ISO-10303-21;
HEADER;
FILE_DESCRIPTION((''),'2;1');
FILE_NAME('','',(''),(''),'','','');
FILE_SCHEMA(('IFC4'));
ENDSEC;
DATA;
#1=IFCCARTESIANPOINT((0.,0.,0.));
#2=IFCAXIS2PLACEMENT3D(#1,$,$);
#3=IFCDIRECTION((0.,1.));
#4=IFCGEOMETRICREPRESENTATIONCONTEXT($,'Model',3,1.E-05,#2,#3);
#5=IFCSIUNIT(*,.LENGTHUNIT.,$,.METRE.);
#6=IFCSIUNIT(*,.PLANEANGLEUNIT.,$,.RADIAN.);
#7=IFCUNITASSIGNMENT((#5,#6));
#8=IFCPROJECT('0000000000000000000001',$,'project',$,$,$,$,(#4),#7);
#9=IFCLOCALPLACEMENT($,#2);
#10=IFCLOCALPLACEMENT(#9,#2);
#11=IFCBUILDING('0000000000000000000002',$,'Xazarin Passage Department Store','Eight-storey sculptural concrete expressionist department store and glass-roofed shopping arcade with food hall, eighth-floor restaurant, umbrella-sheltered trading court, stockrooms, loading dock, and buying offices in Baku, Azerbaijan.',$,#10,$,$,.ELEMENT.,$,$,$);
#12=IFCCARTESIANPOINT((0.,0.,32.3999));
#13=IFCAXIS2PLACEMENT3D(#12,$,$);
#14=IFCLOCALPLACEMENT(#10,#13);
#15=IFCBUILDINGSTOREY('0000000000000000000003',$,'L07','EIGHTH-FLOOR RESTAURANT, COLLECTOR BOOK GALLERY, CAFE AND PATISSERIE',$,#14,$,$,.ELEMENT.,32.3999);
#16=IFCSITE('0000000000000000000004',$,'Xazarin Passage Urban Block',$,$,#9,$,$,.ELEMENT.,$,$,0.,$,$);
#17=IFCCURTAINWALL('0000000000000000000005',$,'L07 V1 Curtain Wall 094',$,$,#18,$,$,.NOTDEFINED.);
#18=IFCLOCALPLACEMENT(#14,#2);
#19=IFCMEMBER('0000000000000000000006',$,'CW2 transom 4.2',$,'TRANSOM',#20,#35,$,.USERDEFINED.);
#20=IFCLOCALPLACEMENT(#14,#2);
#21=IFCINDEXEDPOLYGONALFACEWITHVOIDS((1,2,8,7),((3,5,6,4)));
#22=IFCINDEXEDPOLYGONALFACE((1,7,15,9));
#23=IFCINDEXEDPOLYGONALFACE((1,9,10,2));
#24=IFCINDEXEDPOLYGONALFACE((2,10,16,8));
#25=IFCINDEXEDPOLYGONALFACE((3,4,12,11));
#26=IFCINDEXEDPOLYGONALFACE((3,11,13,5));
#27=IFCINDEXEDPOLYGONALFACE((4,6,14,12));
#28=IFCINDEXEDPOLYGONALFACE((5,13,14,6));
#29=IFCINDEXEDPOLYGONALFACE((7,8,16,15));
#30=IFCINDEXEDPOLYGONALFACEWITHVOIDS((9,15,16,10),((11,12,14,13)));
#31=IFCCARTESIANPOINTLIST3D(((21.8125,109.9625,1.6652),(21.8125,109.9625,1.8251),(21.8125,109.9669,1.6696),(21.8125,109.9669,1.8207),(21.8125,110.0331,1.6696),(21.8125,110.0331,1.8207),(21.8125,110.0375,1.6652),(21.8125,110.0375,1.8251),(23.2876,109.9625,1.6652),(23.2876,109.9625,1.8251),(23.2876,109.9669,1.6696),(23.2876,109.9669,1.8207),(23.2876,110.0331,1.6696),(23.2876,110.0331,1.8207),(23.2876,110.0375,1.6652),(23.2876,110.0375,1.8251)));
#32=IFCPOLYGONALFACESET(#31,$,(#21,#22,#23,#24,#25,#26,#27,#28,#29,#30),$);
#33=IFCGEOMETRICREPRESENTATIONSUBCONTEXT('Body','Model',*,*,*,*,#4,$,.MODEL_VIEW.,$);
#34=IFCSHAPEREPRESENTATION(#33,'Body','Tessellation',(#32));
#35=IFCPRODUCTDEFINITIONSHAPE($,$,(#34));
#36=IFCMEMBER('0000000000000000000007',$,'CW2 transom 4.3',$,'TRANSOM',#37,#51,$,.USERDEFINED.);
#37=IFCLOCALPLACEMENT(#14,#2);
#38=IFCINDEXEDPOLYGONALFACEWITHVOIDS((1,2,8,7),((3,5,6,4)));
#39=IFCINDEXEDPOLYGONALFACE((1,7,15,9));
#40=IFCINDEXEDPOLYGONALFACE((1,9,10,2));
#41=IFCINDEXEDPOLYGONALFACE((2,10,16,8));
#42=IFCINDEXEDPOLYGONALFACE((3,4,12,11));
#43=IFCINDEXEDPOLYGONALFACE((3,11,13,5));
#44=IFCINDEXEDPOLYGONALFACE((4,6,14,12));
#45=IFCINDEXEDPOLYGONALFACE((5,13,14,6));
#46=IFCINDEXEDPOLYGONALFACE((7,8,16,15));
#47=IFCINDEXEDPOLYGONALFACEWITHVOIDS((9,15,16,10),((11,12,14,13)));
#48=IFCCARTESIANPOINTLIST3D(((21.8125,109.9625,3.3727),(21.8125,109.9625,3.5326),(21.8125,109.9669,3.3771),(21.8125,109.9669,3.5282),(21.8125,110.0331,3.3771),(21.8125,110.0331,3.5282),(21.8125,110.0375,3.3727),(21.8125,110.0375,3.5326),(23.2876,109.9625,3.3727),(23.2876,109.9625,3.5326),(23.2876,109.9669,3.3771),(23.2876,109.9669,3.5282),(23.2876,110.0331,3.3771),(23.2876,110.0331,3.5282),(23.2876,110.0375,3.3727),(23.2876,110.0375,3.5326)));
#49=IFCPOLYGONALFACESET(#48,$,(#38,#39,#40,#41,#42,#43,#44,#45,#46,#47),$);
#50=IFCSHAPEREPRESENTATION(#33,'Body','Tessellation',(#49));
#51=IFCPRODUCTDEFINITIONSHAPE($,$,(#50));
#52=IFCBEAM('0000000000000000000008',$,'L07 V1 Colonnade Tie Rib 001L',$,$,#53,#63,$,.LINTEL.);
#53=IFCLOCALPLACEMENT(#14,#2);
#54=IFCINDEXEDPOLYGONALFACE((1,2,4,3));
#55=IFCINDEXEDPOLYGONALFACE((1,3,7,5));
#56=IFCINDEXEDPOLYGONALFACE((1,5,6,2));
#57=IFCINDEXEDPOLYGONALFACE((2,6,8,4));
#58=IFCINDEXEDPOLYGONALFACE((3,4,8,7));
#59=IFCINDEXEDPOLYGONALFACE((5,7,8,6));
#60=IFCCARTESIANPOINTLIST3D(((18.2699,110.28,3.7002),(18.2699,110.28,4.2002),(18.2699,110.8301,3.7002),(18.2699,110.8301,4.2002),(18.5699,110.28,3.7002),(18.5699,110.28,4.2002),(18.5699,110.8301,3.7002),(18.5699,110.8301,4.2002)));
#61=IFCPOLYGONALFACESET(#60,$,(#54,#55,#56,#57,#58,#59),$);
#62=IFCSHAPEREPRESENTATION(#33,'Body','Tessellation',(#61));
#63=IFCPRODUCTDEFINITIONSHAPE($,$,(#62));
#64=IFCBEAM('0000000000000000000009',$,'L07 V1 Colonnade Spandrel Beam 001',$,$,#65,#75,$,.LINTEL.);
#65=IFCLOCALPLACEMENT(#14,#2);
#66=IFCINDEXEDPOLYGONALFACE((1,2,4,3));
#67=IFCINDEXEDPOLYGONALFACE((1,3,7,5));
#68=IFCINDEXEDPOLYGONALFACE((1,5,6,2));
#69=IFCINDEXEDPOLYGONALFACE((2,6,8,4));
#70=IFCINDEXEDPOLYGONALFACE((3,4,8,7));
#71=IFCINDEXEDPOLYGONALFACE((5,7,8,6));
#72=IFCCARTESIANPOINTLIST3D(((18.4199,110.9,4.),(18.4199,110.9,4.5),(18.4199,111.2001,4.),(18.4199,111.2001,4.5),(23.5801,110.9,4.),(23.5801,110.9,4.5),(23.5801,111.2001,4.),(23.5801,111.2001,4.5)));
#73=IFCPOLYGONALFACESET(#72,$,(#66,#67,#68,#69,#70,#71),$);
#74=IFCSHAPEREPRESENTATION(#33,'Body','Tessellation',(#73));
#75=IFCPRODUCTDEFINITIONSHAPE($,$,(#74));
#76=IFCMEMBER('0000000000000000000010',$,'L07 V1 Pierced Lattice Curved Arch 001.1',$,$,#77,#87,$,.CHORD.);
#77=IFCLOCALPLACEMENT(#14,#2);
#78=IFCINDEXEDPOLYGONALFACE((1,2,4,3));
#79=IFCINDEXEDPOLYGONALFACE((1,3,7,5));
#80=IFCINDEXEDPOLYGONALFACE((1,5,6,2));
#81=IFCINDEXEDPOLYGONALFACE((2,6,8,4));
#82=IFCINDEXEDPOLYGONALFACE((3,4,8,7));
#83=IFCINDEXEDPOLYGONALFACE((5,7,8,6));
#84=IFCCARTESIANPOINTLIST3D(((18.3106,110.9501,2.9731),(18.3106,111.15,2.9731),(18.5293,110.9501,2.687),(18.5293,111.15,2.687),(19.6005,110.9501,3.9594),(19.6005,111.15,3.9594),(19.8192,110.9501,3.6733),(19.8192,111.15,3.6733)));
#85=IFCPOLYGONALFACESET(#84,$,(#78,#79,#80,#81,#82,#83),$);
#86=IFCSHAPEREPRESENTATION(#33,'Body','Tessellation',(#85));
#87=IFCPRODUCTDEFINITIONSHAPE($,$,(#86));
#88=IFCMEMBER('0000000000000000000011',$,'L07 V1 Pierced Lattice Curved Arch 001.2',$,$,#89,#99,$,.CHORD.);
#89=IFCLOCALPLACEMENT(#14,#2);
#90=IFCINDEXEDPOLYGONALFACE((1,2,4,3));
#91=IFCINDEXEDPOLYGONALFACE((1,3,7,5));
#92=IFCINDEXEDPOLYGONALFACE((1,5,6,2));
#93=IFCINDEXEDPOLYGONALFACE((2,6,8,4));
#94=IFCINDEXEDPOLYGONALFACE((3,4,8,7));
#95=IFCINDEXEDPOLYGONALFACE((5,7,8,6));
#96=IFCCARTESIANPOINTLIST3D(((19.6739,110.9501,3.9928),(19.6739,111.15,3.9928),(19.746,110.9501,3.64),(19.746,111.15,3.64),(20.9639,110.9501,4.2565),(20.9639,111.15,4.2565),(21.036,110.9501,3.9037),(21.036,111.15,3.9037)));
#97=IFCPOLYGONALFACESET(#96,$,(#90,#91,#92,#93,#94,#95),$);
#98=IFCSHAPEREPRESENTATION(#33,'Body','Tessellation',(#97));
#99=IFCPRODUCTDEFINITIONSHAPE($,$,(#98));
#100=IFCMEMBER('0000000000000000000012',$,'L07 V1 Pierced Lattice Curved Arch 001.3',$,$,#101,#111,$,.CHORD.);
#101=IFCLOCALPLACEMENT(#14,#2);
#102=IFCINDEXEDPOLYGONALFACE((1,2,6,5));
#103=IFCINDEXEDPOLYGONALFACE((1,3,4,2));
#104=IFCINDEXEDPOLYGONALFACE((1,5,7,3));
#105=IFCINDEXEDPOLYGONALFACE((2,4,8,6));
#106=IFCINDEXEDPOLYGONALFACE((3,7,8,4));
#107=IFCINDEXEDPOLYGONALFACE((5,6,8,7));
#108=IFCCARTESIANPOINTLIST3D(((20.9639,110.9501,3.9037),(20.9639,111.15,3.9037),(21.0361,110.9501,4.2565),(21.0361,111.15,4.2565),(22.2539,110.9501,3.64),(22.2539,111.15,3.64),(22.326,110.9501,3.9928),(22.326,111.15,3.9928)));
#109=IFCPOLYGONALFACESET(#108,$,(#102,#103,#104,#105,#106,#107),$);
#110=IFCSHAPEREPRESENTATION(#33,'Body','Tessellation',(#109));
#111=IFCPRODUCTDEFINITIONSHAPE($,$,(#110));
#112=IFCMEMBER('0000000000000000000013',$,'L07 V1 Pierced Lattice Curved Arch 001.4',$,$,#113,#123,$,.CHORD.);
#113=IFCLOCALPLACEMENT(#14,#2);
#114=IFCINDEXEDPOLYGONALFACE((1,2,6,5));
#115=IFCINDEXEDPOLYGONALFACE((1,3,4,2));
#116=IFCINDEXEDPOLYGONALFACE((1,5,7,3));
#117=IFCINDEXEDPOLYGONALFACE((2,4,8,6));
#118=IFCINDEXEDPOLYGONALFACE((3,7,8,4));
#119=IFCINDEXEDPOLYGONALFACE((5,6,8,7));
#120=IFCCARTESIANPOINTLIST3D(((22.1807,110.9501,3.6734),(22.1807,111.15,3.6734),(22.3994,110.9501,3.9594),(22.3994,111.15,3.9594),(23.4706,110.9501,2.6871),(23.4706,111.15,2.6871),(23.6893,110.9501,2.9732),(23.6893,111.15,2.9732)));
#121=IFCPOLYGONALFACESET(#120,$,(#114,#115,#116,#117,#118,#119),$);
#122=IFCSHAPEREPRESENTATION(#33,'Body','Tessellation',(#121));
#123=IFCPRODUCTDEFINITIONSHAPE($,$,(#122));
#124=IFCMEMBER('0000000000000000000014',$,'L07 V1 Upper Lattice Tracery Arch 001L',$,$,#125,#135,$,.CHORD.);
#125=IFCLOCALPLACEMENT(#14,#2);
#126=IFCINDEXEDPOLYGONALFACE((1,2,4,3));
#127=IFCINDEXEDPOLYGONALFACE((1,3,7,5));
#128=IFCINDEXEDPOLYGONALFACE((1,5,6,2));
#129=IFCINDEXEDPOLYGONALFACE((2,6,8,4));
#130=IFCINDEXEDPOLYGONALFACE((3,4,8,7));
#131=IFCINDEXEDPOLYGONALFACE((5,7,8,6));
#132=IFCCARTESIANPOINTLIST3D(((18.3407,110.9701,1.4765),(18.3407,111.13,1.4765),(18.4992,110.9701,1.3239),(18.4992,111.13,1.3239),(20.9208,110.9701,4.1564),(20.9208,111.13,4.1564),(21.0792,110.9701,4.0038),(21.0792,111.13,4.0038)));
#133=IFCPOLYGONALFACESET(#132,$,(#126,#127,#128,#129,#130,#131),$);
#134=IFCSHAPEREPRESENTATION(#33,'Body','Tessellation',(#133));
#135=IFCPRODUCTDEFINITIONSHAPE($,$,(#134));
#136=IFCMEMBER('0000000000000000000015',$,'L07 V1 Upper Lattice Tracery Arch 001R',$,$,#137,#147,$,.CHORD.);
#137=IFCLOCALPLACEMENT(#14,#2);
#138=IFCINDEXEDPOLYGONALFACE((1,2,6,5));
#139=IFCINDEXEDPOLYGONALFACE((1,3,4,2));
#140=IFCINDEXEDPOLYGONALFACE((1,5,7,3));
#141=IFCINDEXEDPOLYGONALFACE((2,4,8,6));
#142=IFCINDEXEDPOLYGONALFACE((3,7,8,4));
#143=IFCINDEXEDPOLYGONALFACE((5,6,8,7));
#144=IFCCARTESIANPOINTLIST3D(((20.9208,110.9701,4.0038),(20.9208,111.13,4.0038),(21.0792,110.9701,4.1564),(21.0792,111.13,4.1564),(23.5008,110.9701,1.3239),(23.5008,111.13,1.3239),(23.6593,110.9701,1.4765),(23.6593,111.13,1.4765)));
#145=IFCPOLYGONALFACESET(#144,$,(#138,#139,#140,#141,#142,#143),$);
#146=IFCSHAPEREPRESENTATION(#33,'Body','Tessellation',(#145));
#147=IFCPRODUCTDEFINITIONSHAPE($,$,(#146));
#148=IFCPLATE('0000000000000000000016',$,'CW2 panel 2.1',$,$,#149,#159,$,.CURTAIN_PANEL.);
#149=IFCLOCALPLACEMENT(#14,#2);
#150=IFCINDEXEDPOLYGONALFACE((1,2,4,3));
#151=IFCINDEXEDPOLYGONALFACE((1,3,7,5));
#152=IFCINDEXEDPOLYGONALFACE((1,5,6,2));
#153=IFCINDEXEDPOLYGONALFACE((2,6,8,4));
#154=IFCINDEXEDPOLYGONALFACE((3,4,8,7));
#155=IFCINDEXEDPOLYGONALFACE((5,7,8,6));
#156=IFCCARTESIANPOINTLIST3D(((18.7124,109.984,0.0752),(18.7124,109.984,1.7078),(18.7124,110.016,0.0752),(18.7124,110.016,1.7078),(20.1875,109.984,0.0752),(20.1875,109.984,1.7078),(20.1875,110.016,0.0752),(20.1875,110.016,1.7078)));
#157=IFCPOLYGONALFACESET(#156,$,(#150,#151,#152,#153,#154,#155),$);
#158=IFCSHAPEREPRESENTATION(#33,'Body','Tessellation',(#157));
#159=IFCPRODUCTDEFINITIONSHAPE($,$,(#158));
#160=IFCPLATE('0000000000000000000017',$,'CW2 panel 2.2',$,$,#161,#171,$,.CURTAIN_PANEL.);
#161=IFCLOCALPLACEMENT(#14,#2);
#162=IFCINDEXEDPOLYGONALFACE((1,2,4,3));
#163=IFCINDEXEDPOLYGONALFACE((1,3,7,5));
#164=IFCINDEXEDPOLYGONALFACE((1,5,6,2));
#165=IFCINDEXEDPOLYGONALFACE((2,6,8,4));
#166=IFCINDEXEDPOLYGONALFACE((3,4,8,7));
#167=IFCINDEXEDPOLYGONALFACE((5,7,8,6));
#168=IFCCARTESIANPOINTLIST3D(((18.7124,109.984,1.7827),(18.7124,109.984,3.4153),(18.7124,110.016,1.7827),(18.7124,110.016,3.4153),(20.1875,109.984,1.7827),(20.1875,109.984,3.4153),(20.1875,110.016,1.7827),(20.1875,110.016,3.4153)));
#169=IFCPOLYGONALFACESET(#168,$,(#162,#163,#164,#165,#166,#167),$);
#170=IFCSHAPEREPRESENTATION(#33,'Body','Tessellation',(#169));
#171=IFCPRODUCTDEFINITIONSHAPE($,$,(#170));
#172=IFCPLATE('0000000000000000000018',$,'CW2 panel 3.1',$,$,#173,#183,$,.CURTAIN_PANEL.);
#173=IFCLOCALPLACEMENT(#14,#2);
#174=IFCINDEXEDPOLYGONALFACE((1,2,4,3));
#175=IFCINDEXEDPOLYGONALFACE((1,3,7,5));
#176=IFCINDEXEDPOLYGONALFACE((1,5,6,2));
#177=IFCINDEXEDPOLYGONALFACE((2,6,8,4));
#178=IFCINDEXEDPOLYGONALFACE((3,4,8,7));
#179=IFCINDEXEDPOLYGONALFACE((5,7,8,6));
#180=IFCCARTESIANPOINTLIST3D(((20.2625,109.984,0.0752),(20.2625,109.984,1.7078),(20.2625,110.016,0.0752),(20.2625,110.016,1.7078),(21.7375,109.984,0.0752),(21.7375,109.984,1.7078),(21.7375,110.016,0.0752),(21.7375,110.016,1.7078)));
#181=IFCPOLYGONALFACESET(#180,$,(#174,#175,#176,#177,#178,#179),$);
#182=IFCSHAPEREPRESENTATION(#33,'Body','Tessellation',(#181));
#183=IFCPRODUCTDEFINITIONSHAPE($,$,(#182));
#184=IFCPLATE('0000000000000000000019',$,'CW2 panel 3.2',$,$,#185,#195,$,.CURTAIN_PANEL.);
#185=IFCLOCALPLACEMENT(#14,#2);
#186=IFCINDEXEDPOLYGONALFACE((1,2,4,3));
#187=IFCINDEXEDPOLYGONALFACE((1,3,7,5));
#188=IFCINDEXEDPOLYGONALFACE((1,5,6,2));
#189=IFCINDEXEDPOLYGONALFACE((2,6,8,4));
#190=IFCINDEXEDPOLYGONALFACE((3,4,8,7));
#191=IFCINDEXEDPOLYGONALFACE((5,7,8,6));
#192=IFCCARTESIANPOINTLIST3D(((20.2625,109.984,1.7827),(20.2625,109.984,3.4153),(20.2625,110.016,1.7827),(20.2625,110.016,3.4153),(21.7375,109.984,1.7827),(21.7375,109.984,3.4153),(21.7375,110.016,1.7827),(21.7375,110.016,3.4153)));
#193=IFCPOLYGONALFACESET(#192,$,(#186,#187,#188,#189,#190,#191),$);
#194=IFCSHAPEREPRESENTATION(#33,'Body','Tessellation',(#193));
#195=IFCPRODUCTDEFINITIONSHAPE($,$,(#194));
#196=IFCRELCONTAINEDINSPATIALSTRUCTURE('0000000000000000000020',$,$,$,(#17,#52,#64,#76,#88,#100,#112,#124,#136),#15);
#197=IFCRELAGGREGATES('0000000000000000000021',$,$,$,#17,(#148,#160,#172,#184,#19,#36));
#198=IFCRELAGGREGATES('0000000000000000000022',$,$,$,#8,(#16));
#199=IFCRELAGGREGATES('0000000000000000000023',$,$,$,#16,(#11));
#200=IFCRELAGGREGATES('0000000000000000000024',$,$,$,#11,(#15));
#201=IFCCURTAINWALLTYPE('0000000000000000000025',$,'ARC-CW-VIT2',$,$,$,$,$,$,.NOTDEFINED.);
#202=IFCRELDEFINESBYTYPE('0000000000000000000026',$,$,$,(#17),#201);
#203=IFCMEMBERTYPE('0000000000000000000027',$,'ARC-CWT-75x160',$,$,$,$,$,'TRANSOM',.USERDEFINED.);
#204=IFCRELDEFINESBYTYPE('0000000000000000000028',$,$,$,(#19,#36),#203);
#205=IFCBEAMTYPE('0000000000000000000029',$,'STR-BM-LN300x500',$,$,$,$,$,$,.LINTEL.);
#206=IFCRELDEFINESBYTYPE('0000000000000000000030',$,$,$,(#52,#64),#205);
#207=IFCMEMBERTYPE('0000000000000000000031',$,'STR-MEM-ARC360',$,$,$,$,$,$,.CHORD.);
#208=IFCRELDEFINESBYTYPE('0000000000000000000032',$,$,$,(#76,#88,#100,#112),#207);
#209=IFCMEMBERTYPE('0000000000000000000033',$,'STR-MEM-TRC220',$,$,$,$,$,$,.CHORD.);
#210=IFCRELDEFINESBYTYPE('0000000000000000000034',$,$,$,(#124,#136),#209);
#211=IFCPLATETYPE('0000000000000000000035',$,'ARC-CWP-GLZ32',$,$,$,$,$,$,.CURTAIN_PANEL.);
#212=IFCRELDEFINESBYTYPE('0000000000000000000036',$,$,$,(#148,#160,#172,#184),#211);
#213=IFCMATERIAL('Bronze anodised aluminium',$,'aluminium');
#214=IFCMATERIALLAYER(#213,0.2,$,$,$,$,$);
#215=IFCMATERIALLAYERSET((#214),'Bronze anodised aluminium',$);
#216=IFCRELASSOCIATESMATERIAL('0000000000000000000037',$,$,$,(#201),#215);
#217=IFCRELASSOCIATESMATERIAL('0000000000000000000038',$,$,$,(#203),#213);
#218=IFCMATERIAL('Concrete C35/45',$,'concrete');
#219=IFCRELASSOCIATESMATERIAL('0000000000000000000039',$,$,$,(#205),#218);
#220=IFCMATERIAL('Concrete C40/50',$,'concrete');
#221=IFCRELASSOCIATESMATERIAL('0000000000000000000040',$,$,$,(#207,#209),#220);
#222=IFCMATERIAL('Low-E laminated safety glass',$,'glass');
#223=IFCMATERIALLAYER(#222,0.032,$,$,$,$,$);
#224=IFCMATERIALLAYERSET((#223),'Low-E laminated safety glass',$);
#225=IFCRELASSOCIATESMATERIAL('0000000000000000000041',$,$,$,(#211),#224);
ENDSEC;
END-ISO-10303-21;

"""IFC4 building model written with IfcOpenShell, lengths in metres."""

from ifc_helpers import new_model, si_unit, direction, frame, origin, origin_2d, place, context, subcontext, project, spatial, rectangle, hollow_rectangle, extrude, material, layer, layer_set, material_profile, profile_set, type_object, element, aggregate, save


model = new_model("IFC4")

# Units and contexts
model_context = context("Model", 3, precision=1e-05, world=origin(), true_north=direction((0.0, 1.0)))
body_context = subcontext(model_context, "Body", "Model", "MODEL_VIEW")
ifc_project = project(units=[si_unit("LENGTHUNIT", "METRE"), si_unit("PLANEANGLEUNIT", "RADIAN")], contexts=[model_context])

# Site, building, storey
site_placement = place(None, origin())
site = spatial("IfcSite", under=ifc_project, at=site_placement, Name="Xazarin Passage Urban Block", CompositionType="ELEMENT", RefElevation=0.0)
building_placement = place(site_placement, origin())
building = spatial("IfcBuilding", under=site, at=building_placement, Name="Xazarin Passage Department Store", Description="Eight-storey sculptural concrete expressionist department store and glass-roofed shopping arcade with food hall, eighth-floor restaurant, umbrella-sheltered trading court, stockrooms, loading dock, and buying offices in Baku, Azerbaijan.", CompositionType="ELEMENT")
storey_placement = place(building_placement, frame((0.0, 0.0, 32.3999)))
storey = spatial("IfcBuildingStorey", under=building, at=storey_placement, Name="L07", Description="EIGHTH-FLOOR RESTAURANT, COLLECTOR BOOK GALLERY, CAFE AND PATISSERIE", CompositionType="ELEMENT", Elevation=32.3999)

# Shared definitions
ifc_material_1 = material(Name="Concrete C40/50", Category="concrete")

# Curtain wall, members
ifc_material_2 = material(Name="Bronze anodised aluminium", Category="aluminium")
ifc_layer_1 = layer(ifc_material_2, 0.2)
ifc_layer_set_1 = layer_set([ifc_layer_1], Name="Bronze anodised aluminium")
curtain_wall_type = type_object("IfcCurtainWallType", Name="ARC-CW-VIT2", PredefinedType="NOTDEFINED", material=ifc_layer_set_1)
curtain_wall_placement = place(storey_placement, origin())
curtain_wall = element("IfcCurtainWall", 1, at=curtain_wall_placement, inside=storey, type_object=curtain_wall_type, Name="L07 V1 Curtain Wall 094", PredefinedType="NOTDEFINED")
ifc_material_profile_1 = material_profile(ifc_material_2, hollow_rectangle(XDim=0.075, YDim=0.1599, WallThickness=0.0044, at=origin_2d()), Name="ALU 75x160")
ifc_profile_set_1 = profile_set([ifc_material_profile_1], Name="Bronze anodised aluminium")
member_type_1 = type_object("IfcMemberType", Name="ARC-CWT-75x160", ElementType="TRANSOM", PredefinedType="USERDEFINED", material=ifc_profile_set_1)
member_1_placement = place(storey_placement, frame((21.8125, 110.0, 1.7451), z_axis=(1.0, 0.0, 0.0), x_axis=(0.0, 1.0, 0.0)))
member_1 = element("IfcMember", 2, at=member_1_placement, type_object=member_type_1, Name="CW2 transom 4.2", ObjectType="TRANSOM", PredefinedType="USERDEFINED", context=body_context, shape_type="SweptSolid", body=[
    extrude(hollow_rectangle(XDim=0.075, YDim=0.1599, WallThickness=0.0044, at=origin_2d()), origin(), (0.0, 0.0, 1.0), 1.4751),
])
member_2_placement = place(storey_placement, frame((21.8125, 110.0, 3.4526), z_axis=(1.0, 0.0, 0.0), x_axis=(0.0, 1.0, 0.0)))
member_2 = element("IfcMember", 3, at=member_2_placement, type_object=member_type_1, Name="CW2 transom 4.3", ObjectType="TRANSOM", PredefinedType="USERDEFINED", context=body_context, shape_type="SweptSolid", body=[
    extrude(hollow_rectangle(XDim=0.075, YDim=0.1599, WallThickness=0.0044, at=origin_2d()), origin(), (0.0, 0.0, 1.0), 1.4751),
])

# Beams
ifc_material_3 = material(Name="Concrete C35/45", Category="concrete")
ifc_material_profile_2 = material_profile(ifc_material_3, rectangle(XDim=0.3, YDim=0.5, at=origin_2d()), Name="RC 300x500")
ifc_profile_set_2 = profile_set([ifc_material_profile_2], Name="Concrete C35/45")
beam_type = type_object("IfcBeamType", Name="STR-BM-LN300x500", PredefinedType="LINTEL", material=ifc_profile_set_2)
beam_1_placement = place(storey_placement, frame((18.4199, 110.28, 3.9502), z_axis=(0.0, 1.0, 0.0), x_axis=(-1.0, 0.0, 0.0)))
element("IfcBeam", 4, at=beam_1_placement, inside=storey, type_object=beam_type, Name="L07 V1 Colonnade Tie Rib 001L", PredefinedType="LINTEL", context=body_context, shape_type="SweptSolid", body=[
    extrude(rectangle(XDim=0.3, YDim=0.5, at=origin_2d()), origin(), (0.0, 0.0, 1.0), 0.55),
])
beam_2_placement = place(storey_placement, frame((18.4199, 111.05, 4.25), z_axis=(1.0, 0.0, 0.0), x_axis=(0.0, 1.0, 0.0)))
element("IfcBeam", 5, at=beam_2_placement, inside=storey, type_object=beam_type, Name="L07 V1 Colonnade Spandrel Beam 001", PredefinedType="LINTEL", context=body_context, shape_type="SweptSolid", body=[
    extrude(rectangle(XDim=0.3, YDim=0.5, at=origin_2d()), origin(), (0.0, 0.0, 1.0), 5.1602),
])

# Members
ifc_material_profile_3 = material_profile(ifc_material_1, rectangle(XDim=0.2, YDim=0.3601, at=origin_2d()), Name="RC 200x360")
ifc_profile_set_3 = profile_set([ifc_material_profile_3], Name="Concrete C40/50")
member_type_2 = type_object("IfcMemberType", Name="STR-MEM-ARC360", PredefinedType="CHORD", material=ifc_profile_set_3)
member_3_placement = place(storey_placement, frame((18.4199, 111.05, 2.8301), z_axis=(0.794409, 0.0, 0.607383), x_axis=(0.0, 1.0, 0.0)))
element("IfcMember", 6, at=member_3_placement, inside=storey, type_object=member_type_2, Name="L07 V1 Pierced Lattice Curved Arch 001.1", PredefinedType="CHORD", context=body_context, shape_type="SweptSolid", body=[
    extrude(rectangle(XDim=0.2, YDim=0.3601, at=origin_2d()), origin(), (0.0, 0.0, 1.0), 1.6238),
])
for number, where, z_axis, x_axis, name in (
    (7, (19.71, 111.05, 3.8164), (0.979745, 0.0, 0.200251), (0.0, 1.0, 0.0), "L07 V1 Pierced Lattice Curved Arch 001.2"),
    (8, (21.0, 111.05, 4.0801), (0.979745, 0.0, -0.200251), (0.0, 1.0, 0.0), "L07 V1 Pierced Lattice Curved Arch 001.3"),
):
    element("IfcMember", number, at=place(storey_placement, frame(where, z_axis=z_axis, x_axis=x_axis)), inside=storey, type_object=member_type_2, Name=name, PredefinedType="CHORD", context=body_context, shape_type="SweptSolid", body=[
        extrude(rectangle(XDim=0.2, YDim=0.3601, at=origin_2d()), origin(), (0.0, 0.0, 1.0), 1.3167),
    ])
member_4_placement = place(storey_placement, frame((22.29, 111.05, 3.8164), z_axis=(0.794409, 0.0, -0.607383), x_axis=(0.0, 1.0, 0.0)))
element("IfcMember", 9, at=member_4_placement, inside=storey, type_object=member_type_2, Name="L07 V1 Pierced Lattice Curved Arch 001.4", PredefinedType="CHORD", context=body_context, shape_type="SweptSolid", body=[
    extrude(rectangle(XDim=0.2, YDim=0.3601, at=origin_2d()), origin(), (0.0, 0.0, 1.0), 1.6238),
])
ifc_material_profile_4 = material_profile(ifc_material_1, rectangle(XDim=0.1599, YDim=0.22, at=origin_2d()), Name="RC 160x220")
ifc_profile_set_4 = profile_set([ifc_material_profile_4], Name="Concrete C40/50")
member_type_3 = type_object("IfcMemberType", Name="STR-MEM-TRC220", PredefinedType="CHORD", material=ifc_profile_set_4)
for number, where, z_axis, x_axis, name in (
    (10, (21.0, 111.05, 4.0801), (-0.693558, 0.0, -0.7204), (0.0, -1.0, 0.0), "L07 V1 Upper Lattice Tracery Arch 001L"),
    (11, (21.0, 111.05, 4.0801), (0.693558, 0.0, -0.7204), (0.0, 1.0, 0.0), "L07 V1 Upper Lattice Tracery Arch 001R"),
):
    element("IfcMember", number, at=place(storey_placement, frame(where, z_axis=z_axis, x_axis=x_axis)), inside=storey, type_object=member_type_3, Name=name, PredefinedType="CHORD", context=body_context, shape_type="SweptSolid", body=[
        extrude(rectangle(XDim=0.1599, YDim=0.22, at=origin_2d()), origin(), (0.0, 0.0, 1.0), 3.72),
    ])

# Plates
ifc_material_4 = material(Name="Low-E laminated safety glass", Category="glass")
ifc_layer_2 = layer(ifc_material_4, 0.032)
ifc_layer_set_2 = layer_set([ifc_layer_2], Name="Low-E laminated safety glass")
plate_type_1 = type_object("IfcPlateType", Name="ARC-CWP-GLZ32", PredefinedType="CURTAIN_PANEL", material=ifc_layer_set_2)
plate_1_placement = place(storey_placement, frame((19.45, 110.0, 0.0752), z_axis=(0.0, 0.0, 1.0), x_axis=(1.0, 0.0, 0.0)))
plate_1 = element("IfcPlate", 12, at=plate_1_placement, type_object=plate_type_1, Name="CW2 panel 2.1", PredefinedType="CURTAIN_PANEL", context=body_context, shape_type="SweptSolid", body=[
    extrude(rectangle(XDim=1.4751, YDim=0.032, at=origin_2d()), origin(), (0.0, 0.0, 1.0), 1.6326),
])
plate_2_placement = place(storey_placement, frame((19.45, 110.0, 1.7827), z_axis=(0.0, 0.0, 1.0), x_axis=(1.0, 0.0, 0.0)))
plate_2 = element("IfcPlate", 13, at=plate_2_placement, type_object=plate_type_1, Name="CW2 panel 2.2", PredefinedType="CURTAIN_PANEL", context=body_context, shape_type="SweptSolid", body=[
    extrude(rectangle(XDim=1.4751, YDim=0.032, at=origin_2d()), origin(), (0.0, 0.0, 1.0), 1.6326),
])
plate_3_placement = place(storey_placement, frame((21.0, 110.0, 0.0752), z_axis=(0.0, 0.0, 1.0), x_axis=(1.0, 0.0, 0.0)))
plate_3 = element("IfcPlate", 14, at=plate_3_placement, type_object=plate_type_1, Name="CW2 panel 3.1", PredefinedType="CURTAIN_PANEL", context=body_context, shape_type="SweptSolid", body=[
    extrude(rectangle(XDim=1.4751, YDim=0.032, at=origin_2d()), origin(), (0.0, 0.0, 1.0), 1.6326),
])
plate_4_placement = place(storey_placement, frame((21.0, 110.0, 1.7827), z_axis=(0.0, 0.0, 1.0), x_axis=(1.0, 0.0, 0.0)))
plate_4 = element("IfcPlate", 15, at=plate_4_placement, type_object=plate_type_1, Name="CW2 panel 3.2", PredefinedType="CURTAIN_PANEL", context=body_context, shape_type="SweptSolid", body=[
    extrude(rectangle(XDim=1.4751, YDim=0.032, at=origin_2d()), origin(), (0.0, 0.0, 1.0), 1.6326),
])
aggregate(curtain_wall, [plate_1, plate_2, plate_3, plate_4, member_1, member_2])

save(model, "model.ifc")
